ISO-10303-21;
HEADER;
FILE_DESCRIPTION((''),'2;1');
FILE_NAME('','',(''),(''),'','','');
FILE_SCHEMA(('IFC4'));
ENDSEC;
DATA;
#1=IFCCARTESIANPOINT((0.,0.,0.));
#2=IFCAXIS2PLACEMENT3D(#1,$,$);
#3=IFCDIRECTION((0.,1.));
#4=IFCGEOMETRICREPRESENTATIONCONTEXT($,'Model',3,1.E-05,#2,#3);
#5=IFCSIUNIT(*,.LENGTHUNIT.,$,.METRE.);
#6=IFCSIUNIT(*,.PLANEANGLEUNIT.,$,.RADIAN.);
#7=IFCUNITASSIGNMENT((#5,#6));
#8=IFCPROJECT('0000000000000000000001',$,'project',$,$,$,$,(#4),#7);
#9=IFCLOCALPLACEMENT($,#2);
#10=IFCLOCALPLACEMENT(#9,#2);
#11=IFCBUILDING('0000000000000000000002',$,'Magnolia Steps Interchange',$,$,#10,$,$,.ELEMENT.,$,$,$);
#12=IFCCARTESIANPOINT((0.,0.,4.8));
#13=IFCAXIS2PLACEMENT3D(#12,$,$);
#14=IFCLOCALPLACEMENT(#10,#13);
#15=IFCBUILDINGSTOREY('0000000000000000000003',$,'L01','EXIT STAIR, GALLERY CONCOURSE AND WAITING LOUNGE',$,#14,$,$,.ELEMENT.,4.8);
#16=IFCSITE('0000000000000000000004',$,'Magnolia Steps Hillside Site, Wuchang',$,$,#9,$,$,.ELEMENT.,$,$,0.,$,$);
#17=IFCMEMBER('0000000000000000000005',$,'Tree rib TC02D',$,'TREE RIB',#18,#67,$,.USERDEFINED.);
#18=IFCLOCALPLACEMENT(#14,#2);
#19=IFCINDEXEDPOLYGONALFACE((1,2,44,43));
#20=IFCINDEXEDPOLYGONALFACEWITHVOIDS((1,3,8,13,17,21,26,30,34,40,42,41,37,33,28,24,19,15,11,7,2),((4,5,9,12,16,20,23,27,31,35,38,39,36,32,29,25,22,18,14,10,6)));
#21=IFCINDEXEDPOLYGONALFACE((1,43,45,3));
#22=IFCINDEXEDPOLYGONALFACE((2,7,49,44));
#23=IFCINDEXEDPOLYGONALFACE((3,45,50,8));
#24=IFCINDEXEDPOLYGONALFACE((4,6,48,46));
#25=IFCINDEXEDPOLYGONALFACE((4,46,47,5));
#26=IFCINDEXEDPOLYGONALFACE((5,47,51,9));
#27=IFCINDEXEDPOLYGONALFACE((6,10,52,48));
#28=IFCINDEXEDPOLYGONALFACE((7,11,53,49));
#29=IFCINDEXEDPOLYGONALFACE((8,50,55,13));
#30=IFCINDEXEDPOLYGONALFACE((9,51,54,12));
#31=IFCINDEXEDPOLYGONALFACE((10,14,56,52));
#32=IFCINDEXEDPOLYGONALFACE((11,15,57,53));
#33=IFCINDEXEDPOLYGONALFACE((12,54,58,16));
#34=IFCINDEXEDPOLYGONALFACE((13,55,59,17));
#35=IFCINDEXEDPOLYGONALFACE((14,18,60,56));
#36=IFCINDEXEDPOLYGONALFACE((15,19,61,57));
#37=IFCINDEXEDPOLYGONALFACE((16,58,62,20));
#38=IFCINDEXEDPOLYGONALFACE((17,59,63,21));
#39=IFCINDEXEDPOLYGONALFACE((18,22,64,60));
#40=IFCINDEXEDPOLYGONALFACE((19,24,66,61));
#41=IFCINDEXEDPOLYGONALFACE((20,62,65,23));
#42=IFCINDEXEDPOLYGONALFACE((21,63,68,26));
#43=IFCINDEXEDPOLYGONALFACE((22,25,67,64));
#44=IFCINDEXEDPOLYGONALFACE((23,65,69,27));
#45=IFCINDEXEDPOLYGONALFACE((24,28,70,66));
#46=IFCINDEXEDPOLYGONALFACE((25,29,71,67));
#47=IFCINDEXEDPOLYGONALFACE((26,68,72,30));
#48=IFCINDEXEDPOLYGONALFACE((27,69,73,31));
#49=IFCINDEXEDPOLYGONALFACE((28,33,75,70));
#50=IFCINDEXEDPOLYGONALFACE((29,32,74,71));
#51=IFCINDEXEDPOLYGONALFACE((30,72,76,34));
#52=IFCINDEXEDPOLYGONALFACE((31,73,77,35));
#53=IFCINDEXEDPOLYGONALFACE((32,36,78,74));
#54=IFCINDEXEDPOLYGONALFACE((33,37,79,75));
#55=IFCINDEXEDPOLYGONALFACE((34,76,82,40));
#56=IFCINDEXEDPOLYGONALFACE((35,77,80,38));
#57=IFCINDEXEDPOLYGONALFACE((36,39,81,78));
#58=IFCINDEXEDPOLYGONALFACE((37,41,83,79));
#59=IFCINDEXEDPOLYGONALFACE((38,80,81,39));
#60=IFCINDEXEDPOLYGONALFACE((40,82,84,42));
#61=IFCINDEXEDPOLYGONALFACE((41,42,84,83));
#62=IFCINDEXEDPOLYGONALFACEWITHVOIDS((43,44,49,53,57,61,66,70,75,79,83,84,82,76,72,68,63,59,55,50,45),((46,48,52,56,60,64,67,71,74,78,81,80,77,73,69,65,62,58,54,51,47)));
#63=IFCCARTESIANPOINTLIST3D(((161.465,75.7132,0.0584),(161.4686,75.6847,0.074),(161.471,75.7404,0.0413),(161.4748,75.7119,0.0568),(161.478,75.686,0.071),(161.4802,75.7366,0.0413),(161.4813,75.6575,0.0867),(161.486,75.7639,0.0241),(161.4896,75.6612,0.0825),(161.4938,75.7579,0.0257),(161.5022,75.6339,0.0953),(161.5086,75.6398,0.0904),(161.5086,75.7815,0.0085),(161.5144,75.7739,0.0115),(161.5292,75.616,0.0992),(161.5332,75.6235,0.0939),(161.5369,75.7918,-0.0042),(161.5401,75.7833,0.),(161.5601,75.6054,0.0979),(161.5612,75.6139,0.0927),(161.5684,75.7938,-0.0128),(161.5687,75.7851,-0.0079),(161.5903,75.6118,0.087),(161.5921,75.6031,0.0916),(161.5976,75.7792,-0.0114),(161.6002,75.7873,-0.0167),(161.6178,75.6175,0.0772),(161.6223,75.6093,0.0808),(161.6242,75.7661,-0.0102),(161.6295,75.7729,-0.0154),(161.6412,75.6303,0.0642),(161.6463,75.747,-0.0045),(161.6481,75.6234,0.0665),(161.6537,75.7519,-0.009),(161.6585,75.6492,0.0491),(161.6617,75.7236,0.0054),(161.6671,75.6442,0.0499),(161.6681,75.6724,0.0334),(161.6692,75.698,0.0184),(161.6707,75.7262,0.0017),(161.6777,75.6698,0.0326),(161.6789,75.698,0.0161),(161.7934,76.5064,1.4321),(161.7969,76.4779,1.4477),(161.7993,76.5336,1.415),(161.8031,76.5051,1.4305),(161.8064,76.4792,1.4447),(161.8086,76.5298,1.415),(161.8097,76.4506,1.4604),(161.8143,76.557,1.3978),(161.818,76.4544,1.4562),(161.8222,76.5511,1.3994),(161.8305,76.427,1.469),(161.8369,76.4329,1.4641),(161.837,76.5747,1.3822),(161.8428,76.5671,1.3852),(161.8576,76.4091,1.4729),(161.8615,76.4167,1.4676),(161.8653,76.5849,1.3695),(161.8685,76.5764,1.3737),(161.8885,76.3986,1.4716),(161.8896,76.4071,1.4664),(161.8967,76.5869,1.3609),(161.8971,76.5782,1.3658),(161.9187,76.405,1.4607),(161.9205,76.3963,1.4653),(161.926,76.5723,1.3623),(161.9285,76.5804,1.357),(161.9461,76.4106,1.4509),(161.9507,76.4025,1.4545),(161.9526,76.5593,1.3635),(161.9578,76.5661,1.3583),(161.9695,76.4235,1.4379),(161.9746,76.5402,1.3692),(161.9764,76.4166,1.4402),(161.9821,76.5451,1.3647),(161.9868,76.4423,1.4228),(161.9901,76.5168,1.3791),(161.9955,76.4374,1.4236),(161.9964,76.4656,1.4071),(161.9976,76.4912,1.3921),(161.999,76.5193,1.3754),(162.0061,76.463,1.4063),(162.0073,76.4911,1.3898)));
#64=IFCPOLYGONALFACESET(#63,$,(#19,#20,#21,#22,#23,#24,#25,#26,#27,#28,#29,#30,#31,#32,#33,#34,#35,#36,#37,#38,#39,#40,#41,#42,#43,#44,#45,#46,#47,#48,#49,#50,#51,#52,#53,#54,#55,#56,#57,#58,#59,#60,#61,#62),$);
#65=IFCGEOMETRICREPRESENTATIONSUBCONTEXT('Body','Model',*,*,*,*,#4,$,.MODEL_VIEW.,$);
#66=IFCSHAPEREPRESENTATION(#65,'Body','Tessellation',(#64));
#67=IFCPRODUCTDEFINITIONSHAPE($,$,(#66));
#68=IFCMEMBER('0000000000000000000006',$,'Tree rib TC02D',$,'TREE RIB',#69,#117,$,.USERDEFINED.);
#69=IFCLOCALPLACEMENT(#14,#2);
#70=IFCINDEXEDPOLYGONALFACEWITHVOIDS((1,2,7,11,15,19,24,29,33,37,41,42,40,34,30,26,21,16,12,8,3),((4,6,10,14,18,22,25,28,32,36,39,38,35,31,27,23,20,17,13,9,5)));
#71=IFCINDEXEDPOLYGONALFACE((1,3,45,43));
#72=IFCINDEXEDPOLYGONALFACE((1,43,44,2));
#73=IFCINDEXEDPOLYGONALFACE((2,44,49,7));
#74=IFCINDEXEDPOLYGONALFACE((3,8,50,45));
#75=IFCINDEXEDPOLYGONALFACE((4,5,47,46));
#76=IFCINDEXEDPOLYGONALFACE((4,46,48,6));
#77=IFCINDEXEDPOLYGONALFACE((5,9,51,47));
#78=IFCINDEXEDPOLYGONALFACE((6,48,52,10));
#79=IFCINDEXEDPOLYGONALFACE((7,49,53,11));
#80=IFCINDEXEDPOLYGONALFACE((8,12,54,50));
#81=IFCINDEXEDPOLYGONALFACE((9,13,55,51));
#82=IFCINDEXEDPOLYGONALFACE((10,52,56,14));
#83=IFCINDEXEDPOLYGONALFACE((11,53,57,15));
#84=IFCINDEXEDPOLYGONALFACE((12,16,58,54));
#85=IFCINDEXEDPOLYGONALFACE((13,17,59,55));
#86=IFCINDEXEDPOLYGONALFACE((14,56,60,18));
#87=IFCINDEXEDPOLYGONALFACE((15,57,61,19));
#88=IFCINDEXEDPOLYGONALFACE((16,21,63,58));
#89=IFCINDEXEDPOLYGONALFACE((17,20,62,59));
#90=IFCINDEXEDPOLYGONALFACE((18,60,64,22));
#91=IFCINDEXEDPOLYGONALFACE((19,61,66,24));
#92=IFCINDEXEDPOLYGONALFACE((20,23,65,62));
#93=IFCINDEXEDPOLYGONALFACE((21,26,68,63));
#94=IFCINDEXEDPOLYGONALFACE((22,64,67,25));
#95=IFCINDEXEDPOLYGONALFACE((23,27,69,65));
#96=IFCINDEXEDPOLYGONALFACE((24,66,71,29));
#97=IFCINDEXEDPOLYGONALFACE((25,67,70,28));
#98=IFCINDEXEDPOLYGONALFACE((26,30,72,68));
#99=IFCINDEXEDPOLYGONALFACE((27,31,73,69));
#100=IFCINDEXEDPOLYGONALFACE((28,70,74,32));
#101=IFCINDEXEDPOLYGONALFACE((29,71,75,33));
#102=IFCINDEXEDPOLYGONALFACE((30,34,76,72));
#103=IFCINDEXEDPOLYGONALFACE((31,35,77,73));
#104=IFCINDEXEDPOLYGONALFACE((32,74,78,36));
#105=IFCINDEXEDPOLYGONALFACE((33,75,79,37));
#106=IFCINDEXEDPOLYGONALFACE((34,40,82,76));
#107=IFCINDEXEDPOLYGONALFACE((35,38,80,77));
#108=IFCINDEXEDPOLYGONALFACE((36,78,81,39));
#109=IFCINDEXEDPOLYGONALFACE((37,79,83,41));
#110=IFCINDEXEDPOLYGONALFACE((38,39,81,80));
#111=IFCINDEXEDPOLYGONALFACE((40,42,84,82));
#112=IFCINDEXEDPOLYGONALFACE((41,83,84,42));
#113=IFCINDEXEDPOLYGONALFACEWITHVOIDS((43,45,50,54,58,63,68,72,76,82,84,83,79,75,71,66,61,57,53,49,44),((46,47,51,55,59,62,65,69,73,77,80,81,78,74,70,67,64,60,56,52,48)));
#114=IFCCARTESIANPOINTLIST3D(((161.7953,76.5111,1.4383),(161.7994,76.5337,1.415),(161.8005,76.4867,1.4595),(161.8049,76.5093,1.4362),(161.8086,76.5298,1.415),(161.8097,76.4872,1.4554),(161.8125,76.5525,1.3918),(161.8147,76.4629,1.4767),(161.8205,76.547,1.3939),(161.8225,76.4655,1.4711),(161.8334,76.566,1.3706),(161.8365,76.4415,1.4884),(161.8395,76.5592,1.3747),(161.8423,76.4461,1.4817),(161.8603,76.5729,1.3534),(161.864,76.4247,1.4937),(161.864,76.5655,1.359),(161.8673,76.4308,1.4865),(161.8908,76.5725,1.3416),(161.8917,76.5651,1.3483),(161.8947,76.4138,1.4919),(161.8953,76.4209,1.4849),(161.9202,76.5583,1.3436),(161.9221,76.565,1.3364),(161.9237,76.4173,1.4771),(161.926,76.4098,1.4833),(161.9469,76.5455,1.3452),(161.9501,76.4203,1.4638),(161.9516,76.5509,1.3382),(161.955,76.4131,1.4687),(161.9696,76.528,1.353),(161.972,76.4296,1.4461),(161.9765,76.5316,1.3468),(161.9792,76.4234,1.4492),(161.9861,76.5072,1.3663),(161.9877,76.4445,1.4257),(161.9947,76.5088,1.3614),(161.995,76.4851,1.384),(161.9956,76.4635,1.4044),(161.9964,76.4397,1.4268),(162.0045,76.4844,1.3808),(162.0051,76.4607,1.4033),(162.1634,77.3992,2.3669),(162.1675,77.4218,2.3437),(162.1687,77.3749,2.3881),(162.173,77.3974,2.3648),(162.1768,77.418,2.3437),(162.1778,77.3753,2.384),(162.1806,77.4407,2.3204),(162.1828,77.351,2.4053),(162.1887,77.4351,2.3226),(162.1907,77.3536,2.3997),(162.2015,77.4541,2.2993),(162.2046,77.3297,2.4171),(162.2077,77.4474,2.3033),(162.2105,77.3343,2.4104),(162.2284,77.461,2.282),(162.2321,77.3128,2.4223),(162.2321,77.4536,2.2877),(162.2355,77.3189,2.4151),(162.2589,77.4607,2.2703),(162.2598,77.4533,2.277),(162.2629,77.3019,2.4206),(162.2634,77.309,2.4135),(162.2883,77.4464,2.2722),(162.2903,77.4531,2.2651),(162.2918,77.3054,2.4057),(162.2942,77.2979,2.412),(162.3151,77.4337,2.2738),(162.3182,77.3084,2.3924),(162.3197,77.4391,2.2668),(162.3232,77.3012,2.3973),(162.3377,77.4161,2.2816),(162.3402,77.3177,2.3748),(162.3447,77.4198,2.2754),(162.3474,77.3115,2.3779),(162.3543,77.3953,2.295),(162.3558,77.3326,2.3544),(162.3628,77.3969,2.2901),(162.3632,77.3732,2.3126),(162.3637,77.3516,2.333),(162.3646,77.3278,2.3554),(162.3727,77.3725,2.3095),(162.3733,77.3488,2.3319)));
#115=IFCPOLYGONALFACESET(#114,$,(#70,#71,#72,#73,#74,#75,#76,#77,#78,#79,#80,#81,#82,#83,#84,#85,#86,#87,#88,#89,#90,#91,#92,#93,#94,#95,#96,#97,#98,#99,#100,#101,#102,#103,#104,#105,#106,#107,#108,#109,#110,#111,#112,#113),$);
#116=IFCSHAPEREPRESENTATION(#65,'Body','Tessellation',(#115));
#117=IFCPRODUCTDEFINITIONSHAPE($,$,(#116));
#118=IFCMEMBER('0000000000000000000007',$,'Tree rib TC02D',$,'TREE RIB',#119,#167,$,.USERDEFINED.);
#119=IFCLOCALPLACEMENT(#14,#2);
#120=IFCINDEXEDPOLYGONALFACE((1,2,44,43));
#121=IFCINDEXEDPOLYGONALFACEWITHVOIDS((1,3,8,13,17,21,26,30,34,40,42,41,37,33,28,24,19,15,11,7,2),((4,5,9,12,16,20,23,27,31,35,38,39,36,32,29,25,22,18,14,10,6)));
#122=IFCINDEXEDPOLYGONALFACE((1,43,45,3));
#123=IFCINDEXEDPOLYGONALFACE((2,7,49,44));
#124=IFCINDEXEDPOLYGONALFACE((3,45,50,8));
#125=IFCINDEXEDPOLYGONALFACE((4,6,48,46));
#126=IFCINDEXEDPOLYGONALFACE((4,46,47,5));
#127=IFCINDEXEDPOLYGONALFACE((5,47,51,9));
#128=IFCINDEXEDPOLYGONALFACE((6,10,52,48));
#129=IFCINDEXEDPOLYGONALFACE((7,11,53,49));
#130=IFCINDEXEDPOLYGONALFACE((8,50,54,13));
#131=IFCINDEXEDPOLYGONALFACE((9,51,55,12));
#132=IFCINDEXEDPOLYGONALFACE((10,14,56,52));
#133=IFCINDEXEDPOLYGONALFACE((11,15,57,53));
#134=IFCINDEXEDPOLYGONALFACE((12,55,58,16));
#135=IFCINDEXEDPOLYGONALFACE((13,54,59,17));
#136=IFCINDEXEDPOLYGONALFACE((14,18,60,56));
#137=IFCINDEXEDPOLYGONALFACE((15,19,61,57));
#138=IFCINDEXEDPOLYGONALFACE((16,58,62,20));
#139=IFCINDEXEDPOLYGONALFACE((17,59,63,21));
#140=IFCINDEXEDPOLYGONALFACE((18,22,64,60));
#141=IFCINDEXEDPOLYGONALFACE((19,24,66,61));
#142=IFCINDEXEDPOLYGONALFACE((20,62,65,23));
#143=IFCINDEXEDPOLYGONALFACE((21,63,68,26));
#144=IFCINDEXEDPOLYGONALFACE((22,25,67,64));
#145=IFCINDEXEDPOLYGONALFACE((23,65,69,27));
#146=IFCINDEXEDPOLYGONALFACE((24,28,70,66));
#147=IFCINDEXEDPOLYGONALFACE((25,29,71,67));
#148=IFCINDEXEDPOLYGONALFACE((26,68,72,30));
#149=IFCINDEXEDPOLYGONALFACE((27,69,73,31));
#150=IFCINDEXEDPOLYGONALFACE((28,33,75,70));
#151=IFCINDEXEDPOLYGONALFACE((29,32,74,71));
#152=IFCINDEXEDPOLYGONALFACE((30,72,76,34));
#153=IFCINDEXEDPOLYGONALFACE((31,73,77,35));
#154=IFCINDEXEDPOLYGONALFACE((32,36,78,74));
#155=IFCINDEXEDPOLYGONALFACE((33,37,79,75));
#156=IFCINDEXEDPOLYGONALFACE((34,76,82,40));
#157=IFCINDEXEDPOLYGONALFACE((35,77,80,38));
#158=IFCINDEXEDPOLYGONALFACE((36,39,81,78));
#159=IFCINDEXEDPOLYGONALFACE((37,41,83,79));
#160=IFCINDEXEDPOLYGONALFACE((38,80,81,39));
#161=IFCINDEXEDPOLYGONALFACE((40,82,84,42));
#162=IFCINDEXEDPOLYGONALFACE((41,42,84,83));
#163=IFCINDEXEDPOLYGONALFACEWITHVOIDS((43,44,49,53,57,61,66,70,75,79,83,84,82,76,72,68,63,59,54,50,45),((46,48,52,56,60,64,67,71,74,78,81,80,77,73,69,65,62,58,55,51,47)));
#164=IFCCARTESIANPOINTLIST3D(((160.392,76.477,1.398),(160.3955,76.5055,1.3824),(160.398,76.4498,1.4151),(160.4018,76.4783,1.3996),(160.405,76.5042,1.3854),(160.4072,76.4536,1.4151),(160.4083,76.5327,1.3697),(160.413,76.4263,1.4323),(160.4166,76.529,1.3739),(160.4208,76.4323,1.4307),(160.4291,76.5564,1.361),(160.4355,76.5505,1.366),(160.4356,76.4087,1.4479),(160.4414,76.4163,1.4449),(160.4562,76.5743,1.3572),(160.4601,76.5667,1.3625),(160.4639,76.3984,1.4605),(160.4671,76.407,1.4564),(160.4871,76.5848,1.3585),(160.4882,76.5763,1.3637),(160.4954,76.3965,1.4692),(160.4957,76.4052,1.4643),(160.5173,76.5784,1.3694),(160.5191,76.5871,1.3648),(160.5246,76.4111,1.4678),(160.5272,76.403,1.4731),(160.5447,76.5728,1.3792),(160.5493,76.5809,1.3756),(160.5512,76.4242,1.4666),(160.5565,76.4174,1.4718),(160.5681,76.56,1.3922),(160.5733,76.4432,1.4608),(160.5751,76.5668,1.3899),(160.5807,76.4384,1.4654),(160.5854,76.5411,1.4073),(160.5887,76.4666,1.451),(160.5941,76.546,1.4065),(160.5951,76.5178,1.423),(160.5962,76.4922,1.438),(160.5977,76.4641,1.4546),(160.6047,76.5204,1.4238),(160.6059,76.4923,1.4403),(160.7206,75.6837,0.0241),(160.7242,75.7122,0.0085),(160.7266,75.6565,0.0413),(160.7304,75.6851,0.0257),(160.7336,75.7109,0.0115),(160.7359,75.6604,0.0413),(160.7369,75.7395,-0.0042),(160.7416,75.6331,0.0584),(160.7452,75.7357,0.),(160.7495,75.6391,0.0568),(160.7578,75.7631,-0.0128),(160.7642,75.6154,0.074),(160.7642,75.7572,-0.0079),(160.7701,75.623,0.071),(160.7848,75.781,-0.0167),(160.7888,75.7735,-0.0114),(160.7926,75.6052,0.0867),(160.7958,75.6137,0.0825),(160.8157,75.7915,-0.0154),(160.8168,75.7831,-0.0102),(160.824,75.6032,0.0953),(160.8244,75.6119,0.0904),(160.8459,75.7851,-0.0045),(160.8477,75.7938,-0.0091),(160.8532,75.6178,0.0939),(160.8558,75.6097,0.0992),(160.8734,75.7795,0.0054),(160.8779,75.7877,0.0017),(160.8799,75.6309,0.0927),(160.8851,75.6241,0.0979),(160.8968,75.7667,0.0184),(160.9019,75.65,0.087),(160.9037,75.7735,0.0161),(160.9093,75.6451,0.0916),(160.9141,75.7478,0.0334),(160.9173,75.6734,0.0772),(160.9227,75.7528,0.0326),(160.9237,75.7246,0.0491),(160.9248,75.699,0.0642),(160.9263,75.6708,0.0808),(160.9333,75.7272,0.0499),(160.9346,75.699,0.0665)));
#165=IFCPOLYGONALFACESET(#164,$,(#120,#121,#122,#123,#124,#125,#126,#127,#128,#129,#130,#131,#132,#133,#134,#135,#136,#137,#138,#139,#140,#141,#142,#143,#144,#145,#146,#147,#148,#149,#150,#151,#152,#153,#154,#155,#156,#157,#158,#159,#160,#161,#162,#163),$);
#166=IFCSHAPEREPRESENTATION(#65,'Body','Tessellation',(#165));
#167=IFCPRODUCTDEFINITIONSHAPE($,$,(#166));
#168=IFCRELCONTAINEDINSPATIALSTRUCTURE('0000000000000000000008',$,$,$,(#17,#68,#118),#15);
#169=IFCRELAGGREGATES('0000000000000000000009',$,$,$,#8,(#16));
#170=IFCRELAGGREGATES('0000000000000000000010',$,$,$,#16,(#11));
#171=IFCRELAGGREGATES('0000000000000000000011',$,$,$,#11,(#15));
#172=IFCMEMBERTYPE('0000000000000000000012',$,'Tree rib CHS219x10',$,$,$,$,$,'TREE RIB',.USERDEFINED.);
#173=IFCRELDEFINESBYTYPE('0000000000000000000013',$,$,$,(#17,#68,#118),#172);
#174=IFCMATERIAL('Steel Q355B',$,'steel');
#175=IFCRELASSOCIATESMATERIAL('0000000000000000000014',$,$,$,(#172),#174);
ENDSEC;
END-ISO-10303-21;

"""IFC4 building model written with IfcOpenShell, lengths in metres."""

from ifc_helpers import new_model, si_unit, direction, frame, origin, origin_2d, place, context, subcontext, project, spatial, hollow_circle, extrude, material, material_profile, profile_set, type_object, element, save


model = new_model("IFC4")

# Units and contexts
model_context = context("Model", 3, precision=1e-05, world=origin(), true_north=direction((0.0, 1.0)))
body_context = subcontext(model_context, "Body", "Model", "MODEL_VIEW")
ifc_project = project(units=[si_unit("LENGTHUNIT", "METRE"), si_unit("PLANEANGLEUNIT", "RADIAN")], contexts=[model_context])

# Site, building, storey
site_placement = place(None, origin())
site = spatial("IfcSite", under=ifc_project, at=site_placement, Name="Magnolia Steps Hillside Site, Wuchang", CompositionType="ELEMENT", RefElevation=0.0)
building_placement = place(site_placement, origin())
building = spatial("IfcBuilding", under=site, at=building_placement, Name="Magnolia Steps Interchange", CompositionType="ELEMENT")
storey_placement = place(building_placement, frame((0.0, 0.0, 4.8)))
storey = spatial("IfcBuildingStorey", under=building, at=storey_placement, Name="L01", Description="EXIT STAIR, GALLERY CONCOURSE AND WAITING LOUNGE", CompositionType="ELEMENT", Elevation=4.8)

# Members
ifc_material_1 = material(Name="Steel Q355B", Category="steel")
ifc_material_profile_1 = material_profile(ifc_material_1, hollow_circle(Radius=0.1096, WallThickness=0.01, at=origin_2d()), Name="CHS219x10")
ifc_profile_set_1 = profile_set([ifc_material_profile_1], Name="Steel Q355B")
member_type = type_object("IfcMemberType", Name="Tree rib CHS219x10", ElementType="TREE RIB", PredefinedType="USERDEFINED", material=ifc_profile_set_1)
member_1_placement = place(storey_placement, frame((161.5723, 75.6985, 0.0413), z_axis=(0.202702, 0.489649, 0.848031), x_axis=(-0.923958, 0.382494, 0.0)))
element("IfcMember", 1, at=member_1_placement, inside=storey, type_object=member_type, Name="Tree rib TC02D", ObjectType="TREE RIB", PredefinedType="USERDEFINED", context=body_context, shape_type="SweptSolid", body=[
    extrude(hollow_circle(Radius=0.1096, WallThickness=0.01, at=origin_2d()), origin(), (0.0, 0.0, 1.0), 1.6199),
])
member_2_placement = place(storey_placement, frame((161.9006, 76.4917, 1.415), z_axis=(0.275416, 0.664432, 0.694749), x_axis=(-0.923782, 0.38292, 0.0)))
element("IfcMember", 2, at=member_2_placement, inside=storey, type_object=member_type, Name="Tree rib TC02D", ObjectType="TREE RIB", PredefinedType="USERDEFINED", context=body_context, shape_type="SweptSolid", body=[
    extrude(hollow_circle(Radius=0.1096, WallThickness=0.01, at=origin_2d()), origin(), (0.0, 0.0, 1.0), 1.3367),
])
for number, where, z_axis, x_axis, name in (
    (3, (160.8279, 75.6985, 0.0413), (-0.202846, 0.489634, 0.848005), (-0.923857, -0.382737, 0.0), "Tree rib TC02D"),
):
    element("IfcMember", number, at=place(storey_placement, frame(where, z_axis=z_axis, x_axis=x_axis)), inside=storey, type_object=member_type, Name=name, ObjectType="TREE RIB", PredefinedType="USERDEFINED", context=body_context, shape_type="SweptSolid", body=[
        extrude(hollow_circle(Radius=0.1096, WallThickness=0.01, at=origin_2d()), origin(), (0.0, 0.0, 1.0), 1.6201),
    ])

save(model, "model.ifc")
